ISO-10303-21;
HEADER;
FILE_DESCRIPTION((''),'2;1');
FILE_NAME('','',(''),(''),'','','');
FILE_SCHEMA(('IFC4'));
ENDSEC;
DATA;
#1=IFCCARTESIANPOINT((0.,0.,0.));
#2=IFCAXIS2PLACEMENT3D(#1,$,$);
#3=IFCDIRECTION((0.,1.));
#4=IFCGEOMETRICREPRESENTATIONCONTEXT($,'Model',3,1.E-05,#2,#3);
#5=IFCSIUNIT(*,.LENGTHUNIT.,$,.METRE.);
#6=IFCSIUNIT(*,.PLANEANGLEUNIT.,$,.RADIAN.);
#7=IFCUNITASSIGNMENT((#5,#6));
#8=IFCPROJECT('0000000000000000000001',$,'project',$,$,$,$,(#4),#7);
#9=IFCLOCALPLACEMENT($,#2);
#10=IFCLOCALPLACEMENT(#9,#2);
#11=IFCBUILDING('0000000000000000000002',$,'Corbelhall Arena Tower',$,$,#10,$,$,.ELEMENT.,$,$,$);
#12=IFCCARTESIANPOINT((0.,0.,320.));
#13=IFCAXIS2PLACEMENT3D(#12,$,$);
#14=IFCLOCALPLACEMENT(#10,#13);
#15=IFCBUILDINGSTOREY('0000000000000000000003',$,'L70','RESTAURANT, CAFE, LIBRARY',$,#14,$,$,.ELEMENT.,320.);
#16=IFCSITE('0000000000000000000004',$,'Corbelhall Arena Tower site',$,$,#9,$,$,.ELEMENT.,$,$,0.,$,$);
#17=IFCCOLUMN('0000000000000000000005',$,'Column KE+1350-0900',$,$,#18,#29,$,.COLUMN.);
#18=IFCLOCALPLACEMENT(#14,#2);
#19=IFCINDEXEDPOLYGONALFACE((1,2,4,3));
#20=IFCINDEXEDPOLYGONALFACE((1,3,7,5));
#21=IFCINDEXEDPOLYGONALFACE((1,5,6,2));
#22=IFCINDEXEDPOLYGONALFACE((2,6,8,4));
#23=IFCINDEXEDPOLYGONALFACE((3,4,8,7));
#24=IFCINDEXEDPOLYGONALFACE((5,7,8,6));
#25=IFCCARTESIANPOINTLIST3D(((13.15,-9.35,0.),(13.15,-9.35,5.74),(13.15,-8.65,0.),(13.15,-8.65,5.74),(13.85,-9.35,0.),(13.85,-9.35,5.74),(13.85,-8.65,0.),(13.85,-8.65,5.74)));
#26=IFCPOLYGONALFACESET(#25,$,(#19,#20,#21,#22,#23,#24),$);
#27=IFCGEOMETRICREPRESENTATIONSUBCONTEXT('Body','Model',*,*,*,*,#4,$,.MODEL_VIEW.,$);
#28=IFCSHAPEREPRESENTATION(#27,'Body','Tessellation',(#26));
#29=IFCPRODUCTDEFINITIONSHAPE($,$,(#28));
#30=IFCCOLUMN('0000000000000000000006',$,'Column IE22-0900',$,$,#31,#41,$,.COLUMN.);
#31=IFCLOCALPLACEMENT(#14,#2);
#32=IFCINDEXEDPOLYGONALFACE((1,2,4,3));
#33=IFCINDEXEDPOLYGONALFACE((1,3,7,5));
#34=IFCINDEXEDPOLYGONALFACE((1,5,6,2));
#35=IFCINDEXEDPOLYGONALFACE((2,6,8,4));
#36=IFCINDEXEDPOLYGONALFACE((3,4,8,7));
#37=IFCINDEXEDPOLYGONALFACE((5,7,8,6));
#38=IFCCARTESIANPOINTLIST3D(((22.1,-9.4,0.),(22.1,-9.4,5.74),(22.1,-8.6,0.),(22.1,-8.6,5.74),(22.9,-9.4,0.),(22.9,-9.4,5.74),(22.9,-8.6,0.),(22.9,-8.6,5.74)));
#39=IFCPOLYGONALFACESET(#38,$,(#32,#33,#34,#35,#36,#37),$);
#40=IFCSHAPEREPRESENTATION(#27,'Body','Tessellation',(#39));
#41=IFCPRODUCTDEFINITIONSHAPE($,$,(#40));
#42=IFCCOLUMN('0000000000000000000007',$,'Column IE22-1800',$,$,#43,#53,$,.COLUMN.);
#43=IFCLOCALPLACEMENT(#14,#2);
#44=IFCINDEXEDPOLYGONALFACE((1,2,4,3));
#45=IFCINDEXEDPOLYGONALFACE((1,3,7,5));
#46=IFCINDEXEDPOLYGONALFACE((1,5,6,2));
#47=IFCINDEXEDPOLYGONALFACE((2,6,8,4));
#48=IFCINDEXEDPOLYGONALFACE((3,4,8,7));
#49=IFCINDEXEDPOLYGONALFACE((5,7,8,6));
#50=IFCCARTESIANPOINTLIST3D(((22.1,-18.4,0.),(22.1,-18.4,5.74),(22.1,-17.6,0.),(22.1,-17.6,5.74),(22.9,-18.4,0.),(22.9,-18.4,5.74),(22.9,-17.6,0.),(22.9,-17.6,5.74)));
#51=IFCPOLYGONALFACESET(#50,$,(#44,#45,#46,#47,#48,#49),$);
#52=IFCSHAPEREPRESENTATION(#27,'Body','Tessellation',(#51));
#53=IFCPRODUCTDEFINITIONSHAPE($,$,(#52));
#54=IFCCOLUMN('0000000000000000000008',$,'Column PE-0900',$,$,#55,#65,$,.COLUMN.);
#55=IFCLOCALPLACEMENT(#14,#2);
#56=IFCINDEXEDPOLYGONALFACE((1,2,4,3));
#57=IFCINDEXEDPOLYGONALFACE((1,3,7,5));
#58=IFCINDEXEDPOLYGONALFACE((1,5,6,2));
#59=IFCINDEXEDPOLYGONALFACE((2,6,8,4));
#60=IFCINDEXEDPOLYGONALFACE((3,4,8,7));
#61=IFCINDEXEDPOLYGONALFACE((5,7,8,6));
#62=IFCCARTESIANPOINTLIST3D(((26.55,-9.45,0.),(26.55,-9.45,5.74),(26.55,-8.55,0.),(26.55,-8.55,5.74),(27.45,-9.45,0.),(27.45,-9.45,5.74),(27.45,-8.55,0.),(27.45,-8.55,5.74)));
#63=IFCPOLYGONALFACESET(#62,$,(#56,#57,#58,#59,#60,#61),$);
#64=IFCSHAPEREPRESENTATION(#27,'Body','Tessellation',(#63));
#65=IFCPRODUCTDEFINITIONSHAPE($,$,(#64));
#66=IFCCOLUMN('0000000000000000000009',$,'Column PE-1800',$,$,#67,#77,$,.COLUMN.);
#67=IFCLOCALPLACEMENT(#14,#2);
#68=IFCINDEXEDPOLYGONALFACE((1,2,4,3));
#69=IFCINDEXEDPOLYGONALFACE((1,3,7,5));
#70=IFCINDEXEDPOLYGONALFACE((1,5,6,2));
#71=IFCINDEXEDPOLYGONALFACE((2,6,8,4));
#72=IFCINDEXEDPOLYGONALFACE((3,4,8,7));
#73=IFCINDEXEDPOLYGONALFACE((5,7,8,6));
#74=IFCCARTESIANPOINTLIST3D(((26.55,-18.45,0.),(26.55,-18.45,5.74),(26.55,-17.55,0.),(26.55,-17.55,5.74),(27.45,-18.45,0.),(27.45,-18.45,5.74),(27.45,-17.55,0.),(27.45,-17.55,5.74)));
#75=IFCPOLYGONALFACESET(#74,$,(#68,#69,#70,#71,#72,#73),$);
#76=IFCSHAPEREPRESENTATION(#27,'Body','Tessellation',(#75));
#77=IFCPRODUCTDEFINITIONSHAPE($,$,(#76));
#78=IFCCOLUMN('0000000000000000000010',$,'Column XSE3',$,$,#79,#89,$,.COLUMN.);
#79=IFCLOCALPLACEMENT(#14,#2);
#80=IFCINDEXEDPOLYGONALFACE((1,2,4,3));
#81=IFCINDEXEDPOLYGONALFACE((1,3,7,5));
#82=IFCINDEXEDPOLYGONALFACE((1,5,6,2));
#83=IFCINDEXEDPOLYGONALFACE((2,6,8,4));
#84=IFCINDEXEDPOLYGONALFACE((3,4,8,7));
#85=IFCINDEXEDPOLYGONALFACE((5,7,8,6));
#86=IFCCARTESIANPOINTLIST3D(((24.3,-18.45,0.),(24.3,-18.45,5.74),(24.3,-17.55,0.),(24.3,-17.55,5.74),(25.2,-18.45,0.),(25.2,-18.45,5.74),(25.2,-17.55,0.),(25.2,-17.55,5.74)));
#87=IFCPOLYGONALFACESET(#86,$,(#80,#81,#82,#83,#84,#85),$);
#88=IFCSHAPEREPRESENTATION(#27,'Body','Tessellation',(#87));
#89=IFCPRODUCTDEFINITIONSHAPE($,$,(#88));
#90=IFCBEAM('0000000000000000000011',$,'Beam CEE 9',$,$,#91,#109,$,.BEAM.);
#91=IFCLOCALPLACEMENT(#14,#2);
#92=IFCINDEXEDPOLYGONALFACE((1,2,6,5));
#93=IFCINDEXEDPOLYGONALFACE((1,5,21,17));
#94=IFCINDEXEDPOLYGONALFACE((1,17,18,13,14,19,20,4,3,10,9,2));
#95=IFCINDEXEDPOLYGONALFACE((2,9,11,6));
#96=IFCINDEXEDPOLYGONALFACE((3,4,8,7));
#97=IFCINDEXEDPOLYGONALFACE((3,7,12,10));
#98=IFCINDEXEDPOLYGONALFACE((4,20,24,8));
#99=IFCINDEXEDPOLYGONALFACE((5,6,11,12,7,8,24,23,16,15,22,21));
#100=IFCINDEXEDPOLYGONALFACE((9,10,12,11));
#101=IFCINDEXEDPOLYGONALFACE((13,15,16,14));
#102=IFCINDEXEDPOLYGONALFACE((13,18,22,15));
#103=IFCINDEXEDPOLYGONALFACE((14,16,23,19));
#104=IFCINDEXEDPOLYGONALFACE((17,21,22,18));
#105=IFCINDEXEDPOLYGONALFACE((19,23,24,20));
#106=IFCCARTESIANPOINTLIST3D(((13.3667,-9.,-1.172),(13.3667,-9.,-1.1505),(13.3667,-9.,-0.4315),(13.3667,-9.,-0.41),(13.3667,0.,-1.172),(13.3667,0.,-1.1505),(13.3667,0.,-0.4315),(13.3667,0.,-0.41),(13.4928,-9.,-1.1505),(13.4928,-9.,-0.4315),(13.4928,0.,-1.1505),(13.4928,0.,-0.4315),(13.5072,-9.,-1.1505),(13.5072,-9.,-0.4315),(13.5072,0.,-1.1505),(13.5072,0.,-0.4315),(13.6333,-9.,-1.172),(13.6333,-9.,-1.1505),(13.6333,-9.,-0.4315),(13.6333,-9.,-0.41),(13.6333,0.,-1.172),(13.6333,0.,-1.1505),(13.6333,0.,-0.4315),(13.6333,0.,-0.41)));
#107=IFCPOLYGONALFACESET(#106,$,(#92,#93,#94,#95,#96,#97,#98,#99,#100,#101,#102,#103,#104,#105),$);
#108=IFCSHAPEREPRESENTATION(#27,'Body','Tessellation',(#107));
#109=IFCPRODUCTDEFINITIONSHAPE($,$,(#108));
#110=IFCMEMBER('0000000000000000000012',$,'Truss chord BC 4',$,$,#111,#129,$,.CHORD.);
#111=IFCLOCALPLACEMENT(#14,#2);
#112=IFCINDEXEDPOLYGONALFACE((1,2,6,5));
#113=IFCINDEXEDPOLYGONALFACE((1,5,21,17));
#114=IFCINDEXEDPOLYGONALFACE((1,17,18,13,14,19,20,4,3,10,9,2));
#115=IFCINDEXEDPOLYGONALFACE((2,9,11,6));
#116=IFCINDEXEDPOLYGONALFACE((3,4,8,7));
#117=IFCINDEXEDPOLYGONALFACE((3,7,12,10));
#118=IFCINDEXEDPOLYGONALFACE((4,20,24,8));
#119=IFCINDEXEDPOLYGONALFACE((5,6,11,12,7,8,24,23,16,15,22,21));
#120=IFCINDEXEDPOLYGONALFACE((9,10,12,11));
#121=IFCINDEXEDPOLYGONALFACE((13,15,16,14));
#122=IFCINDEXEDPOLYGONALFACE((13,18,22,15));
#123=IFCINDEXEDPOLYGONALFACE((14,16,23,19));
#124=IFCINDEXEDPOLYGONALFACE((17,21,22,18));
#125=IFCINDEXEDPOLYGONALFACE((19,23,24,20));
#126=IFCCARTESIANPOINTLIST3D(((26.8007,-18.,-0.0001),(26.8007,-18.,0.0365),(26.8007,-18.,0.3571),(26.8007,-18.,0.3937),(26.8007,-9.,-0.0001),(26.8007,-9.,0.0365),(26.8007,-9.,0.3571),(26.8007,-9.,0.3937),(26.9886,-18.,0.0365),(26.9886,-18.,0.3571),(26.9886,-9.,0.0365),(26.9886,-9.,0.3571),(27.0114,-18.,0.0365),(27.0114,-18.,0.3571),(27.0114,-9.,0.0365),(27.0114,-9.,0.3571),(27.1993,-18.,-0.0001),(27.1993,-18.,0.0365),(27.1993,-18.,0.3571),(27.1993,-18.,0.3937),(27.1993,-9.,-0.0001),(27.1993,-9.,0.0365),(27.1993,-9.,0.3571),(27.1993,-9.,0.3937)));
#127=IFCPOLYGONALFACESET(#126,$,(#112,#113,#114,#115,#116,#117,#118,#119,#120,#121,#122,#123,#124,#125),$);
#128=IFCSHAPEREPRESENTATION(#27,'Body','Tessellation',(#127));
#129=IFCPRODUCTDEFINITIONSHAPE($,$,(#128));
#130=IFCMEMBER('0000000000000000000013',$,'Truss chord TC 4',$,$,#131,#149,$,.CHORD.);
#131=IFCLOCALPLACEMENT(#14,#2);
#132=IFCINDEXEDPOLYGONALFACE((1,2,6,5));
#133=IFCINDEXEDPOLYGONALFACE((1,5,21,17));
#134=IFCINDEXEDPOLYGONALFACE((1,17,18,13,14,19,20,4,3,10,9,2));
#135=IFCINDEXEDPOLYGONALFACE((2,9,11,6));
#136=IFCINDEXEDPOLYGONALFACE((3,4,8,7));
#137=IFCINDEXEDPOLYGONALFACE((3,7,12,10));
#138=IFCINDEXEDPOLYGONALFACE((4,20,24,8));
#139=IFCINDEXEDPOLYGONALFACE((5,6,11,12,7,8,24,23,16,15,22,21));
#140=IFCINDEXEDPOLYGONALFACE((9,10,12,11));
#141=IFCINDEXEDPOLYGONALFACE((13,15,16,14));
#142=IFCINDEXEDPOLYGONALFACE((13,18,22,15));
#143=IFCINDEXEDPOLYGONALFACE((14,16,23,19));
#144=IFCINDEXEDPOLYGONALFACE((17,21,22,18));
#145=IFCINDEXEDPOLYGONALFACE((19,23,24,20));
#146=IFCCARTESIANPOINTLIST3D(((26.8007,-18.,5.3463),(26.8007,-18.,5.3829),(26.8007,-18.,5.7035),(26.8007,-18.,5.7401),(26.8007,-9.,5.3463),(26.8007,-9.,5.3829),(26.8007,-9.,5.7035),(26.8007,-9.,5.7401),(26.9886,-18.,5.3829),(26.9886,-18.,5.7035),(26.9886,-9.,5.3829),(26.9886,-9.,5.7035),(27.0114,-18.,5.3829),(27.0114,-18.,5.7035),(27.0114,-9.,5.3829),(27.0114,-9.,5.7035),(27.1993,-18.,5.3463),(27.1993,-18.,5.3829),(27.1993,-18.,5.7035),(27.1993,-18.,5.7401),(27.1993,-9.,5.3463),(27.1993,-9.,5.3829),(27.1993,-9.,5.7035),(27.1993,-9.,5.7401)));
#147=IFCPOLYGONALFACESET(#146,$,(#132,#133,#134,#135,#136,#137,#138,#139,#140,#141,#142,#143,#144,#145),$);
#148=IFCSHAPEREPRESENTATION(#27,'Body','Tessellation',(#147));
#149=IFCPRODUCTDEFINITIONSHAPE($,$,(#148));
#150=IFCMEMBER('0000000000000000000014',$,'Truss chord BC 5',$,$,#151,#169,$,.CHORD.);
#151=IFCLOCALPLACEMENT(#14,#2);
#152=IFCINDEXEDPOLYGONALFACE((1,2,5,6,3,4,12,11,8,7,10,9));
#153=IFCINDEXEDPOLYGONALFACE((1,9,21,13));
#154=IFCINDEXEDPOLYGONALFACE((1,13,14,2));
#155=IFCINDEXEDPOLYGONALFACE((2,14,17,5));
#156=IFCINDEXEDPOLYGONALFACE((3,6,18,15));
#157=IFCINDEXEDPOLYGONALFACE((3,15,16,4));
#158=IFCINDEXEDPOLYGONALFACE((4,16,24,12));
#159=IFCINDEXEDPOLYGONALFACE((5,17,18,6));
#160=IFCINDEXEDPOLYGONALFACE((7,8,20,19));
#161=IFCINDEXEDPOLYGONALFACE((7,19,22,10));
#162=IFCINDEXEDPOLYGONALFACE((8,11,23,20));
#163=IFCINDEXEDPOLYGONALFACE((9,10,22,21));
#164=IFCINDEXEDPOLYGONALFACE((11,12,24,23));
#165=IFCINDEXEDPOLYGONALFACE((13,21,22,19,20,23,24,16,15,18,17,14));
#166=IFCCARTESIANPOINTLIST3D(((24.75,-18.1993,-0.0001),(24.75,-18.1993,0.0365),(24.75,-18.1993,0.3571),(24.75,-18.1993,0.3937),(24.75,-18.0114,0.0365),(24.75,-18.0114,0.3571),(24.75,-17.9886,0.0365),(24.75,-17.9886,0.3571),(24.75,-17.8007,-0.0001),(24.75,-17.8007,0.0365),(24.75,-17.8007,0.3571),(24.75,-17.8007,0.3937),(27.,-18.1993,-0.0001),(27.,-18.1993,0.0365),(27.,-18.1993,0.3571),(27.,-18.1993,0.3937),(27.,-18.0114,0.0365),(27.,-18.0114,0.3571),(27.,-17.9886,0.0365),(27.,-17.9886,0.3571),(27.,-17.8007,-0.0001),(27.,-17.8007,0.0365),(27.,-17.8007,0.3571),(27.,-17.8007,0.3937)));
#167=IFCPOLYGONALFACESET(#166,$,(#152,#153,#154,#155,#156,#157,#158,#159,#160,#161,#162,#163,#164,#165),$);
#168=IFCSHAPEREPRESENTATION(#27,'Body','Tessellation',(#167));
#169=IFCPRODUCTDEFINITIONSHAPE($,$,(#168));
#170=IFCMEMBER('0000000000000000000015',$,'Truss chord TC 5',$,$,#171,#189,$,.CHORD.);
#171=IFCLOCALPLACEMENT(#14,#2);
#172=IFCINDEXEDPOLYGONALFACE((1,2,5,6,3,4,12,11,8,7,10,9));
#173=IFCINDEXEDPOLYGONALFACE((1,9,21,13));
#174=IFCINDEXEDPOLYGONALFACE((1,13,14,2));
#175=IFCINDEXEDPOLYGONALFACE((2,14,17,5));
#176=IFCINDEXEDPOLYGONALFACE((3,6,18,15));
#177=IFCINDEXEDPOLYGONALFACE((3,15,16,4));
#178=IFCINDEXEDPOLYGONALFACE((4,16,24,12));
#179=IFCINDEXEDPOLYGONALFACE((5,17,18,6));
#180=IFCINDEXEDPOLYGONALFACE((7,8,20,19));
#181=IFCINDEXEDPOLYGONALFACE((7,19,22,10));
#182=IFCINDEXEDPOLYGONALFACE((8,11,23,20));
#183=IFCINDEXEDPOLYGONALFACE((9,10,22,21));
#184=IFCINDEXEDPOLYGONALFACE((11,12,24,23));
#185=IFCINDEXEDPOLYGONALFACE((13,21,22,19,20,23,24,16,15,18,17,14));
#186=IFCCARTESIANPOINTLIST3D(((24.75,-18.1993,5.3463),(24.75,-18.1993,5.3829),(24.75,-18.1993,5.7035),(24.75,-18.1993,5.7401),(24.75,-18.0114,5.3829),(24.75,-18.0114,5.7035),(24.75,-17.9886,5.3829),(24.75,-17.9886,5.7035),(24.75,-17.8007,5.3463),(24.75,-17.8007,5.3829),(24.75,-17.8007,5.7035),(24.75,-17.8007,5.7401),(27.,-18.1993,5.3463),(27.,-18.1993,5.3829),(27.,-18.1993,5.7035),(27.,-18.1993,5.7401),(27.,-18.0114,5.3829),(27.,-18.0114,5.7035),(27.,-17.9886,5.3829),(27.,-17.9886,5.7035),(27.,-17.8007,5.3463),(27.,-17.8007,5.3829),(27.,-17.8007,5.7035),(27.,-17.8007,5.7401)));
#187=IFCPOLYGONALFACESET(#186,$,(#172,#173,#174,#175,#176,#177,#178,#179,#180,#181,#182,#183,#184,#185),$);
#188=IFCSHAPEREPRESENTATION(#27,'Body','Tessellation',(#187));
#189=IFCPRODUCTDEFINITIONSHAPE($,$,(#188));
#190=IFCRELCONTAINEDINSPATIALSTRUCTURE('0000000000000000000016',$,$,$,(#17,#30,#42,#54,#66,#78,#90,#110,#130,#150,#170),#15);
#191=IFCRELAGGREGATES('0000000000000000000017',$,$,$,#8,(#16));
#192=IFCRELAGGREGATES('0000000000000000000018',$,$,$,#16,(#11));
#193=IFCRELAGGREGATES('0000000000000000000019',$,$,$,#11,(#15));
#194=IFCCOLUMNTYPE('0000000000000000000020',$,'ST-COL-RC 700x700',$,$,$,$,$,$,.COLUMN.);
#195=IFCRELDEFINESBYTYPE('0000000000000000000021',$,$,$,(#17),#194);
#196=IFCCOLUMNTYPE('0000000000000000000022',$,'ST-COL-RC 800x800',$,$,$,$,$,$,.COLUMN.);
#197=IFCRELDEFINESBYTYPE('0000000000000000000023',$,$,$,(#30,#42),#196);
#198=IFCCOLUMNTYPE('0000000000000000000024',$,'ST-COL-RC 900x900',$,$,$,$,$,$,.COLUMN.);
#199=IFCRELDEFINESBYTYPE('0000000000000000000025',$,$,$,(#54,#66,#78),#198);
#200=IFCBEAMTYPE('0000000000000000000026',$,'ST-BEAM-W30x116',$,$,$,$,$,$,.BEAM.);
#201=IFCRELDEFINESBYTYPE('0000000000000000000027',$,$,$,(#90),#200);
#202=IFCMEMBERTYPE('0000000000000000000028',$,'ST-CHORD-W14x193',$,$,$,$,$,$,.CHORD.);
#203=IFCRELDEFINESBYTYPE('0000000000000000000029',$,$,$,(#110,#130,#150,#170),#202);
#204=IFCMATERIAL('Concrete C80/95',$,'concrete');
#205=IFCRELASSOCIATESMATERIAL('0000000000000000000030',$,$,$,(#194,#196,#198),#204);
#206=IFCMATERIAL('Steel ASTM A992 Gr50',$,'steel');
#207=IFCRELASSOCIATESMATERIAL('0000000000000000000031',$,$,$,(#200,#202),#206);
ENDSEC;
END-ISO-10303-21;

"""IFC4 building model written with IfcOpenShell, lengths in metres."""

from ifc_helpers import new_model, si_unit, direction, frame, origin, origin_2d, place, context, subcontext, project, spatial, rectangle, i_section, extrude, material, material_profile, profile_set, type_object, element, save


model = new_model("IFC4")

# Units and contexts
model_context = context("Model", 3, precision=1e-05, world=origin(), true_north=direction((0.0, 1.0)))
body_context = subcontext(model_context, "Body", "Model", "MODEL_VIEW")
ifc_project = project(units=[si_unit("LENGTHUNIT", "METRE"), si_unit("PLANEANGLEUNIT", "RADIAN")], contexts=[model_context])

# Site, building, storey
site_placement = place(None, origin())
site = spatial("IfcSite", under=ifc_project, at=site_placement, Name="Corbelhall Arena Tower site", CompositionType="ELEMENT", RefElevation=0.0)
building_placement = place(site_placement, origin())
building = spatial("IfcBuilding", under=site, at=building_placement, Name="Corbelhall Arena Tower", CompositionType="ELEMENT")
storey_placement = place(building_placement, frame((0.0, 0.0, 320.0)))
storey = spatial("IfcBuildingStorey", under=building, at=storey_placement, Name="L70", Description="RESTAURANT, CAFE, LIBRARY", CompositionType="ELEMENT", Elevation=320.0)

# Columns
ifc_material_1 = material(Name="Concrete C80/95", Category="concrete")
ifc_material_profile_1 = material_profile(ifc_material_1, rectangle(XDim=0.7, YDim=0.7, at=origin_2d()))
ifc_profile_set_1 = profile_set([ifc_material_profile_1], Name="Concrete C80/95")
column_type_1 = type_object("IfcColumnType", Name="ST-COL-RC 700x700", PredefinedType="COLUMN", material=ifc_profile_set_1)
column_placement = place(storey_placement, frame((13.5, -9.0, 0.0), z_axis=(0.0, 0.0, 1.0), x_axis=(1.0, 0.0, 0.0)))
element("IfcColumn", 1, at=column_placement, inside=storey, type_object=column_type_1, Name="Column KE+1350-0900", PredefinedType="COLUMN", context=body_context, shape_type="SweptSolid", body=[
    extrude(rectangle(XDim=0.7, YDim=0.7, at=origin_2d()), origin(), (0.0, 0.0, 1.0), 5.74),
])
ifc_material_profile_2 = material_profile(ifc_material_1, rectangle(XDim=0.8, YDim=0.8, at=origin_2d()))
ifc_profile_set_2 = profile_set([ifc_material_profile_2], Name="Concrete C80/95")
column_type_2 = type_object("IfcColumnType", Name="ST-COL-RC 800x800", PredefinedType="COLUMN", material=ifc_profile_set_2)
for number, where, z_axis, x_axis, name in (
    (2, (22.5, -9.0, 0.0), (0.0, 0.0, 1.0), (1.0, 0.0, 0.0), "Column IE22-0900"),
    (3, (22.5, -18.0, 0.0), (0.0, 0.0, 1.0), (1.0, 0.0, 0.0), "Column IE22-1800"),
):
    element("IfcColumn", number, at=place(storey_placement, frame(where, z_axis=z_axis, x_axis=x_axis)), inside=storey, type_object=column_type_2, Name=name, PredefinedType="COLUMN", context=body_context, shape_type="SweptSolid", body=[
        extrude(rectangle(XDim=0.8, YDim=0.8, at=origin_2d()), origin(), (0.0, 0.0, 1.0), 5.74),
    ])
ifc_material_profile_3 = material_profile(ifc_material_1, rectangle(XDim=0.8999, YDim=0.8999, at=origin_2d()))
ifc_profile_set_3 = profile_set([ifc_material_profile_3], Name="Concrete C80/95")
column_type_3 = type_object("IfcColumnType", Name="ST-COL-RC 900x900", PredefinedType="COLUMN", material=ifc_profile_set_3)
for number, where, z_axis, x_axis, name in (
    (4, (27.0, -9.0, 0.0), (0.0, 0.0, 1.0), (0.0, 1.0, 0.0), "Column PE-0900"),
    (5, (27.0, -18.0, 0.0), (0.0, 0.0, 1.0), (0.0, 1.0, 0.0), "Column PE-1800"),
    (6, (24.75, -18.0, 0.0), (0.0, 0.0, 1.0), (1.0, 0.0, 0.0), "Column XSE3"),
):
    element("IfcColumn", number, at=place(storey_placement, frame(where, z_axis=z_axis, x_axis=x_axis)), inside=storey, type_object=column_type_3, Name=name, PredefinedType="COLUMN", context=body_context, shape_type="SweptSolid", body=[
        extrude(rectangle(XDim=0.8999, YDim=0.8999, at=origin_2d()), origin(), (0.0, 0.0, 1.0), 5.74),
    ])

# Beam
ifc_material_2 = material(Name="Steel ASTM A992 Gr50", Category="steel")
ifc_material_profile_4 = material_profile(ifc_material_2, i_section(OverallWidth=0.2666, OverallDepth=0.762, WebThickness=0.0144, FlangeThickness=0.0215, at=origin_2d()))
ifc_profile_set_4 = profile_set([ifc_material_profile_4], Name="Steel ASTM A992 Gr50")
beam_type_1 = type_object("IfcBeamType", Name="ST-BEAM-W30x116", PredefinedType="BEAM", material=ifc_profile_set_4)
beam_1_placement = place(storey_placement, frame((13.5, -9.0, -0.791), z_axis=(0.0, 1.0, 0.0), x_axis=(-1.0, 0.0, 0.0)))
element("IfcBeam", 7, at=beam_1_placement, inside=storey, type_object=beam_type_1, Name="Beam CEE 9", PredefinedType="BEAM", context=body_context, shape_type="SweptSolid", body=[
    extrude(i_section(OverallWidth=0.2666, OverallDepth=0.762, WebThickness=0.0144, FlangeThickness=0.0215, at=origin_2d()), origin(), (0.0, 0.0, 1.0), 9.0),
])

# Members
ifc_material_profile_5 = material_profile(ifc_material_2, i_section(OverallWidth=0.3987, OverallDepth=0.3938, WebThickness=0.0227, FlangeThickness=0.0366, at=origin_2d()))
ifc_profile_set_5 = profile_set([ifc_material_profile_5], Name="Steel ASTM A992 Gr50")
member_type_1 = type_object("IfcMemberType", Name="ST-CHORD-W14x193", PredefinedType="CHORD", material=ifc_profile_set_5)
for number, where, z_axis, x_axis, name in (
    (8, (27.0, -9.0, 0.1968), (0.0, -1.0, 0.0), (1.0, 0.0, 0.0), "Truss chord BC 4"),
    (9, (27.0, -9.0, 5.5432), (0.0, -1.0, 0.0), (1.0, 0.0, 0.0), "Truss chord TC 4"),
):
    element("IfcMember", number, at=place(storey_placement, frame(where, z_axis=z_axis, x_axis=x_axis)), inside=storey, type_object=member_type_1, Name=name, PredefinedType="CHORD", context=body_context, shape_type="SweptSolid", body=[
        extrude(i_section(OverallWidth=0.3987, OverallDepth=0.3938, WebThickness=0.0227, FlangeThickness=0.0366, at=origin_2d()), origin(), (0.0, 0.0, 1.0), 9.0),
    ])
for number, where, z_axis, x_axis, name in (
    (10, (27.0, -18.0, 0.1968), (-1.0, 0.0, 0.0), (0.0, -1.0, 0.0), "Truss chord BC 5"),
    (11, (27.0, -18.0, 5.5432), (-1.0, 0.0, 0.0), (0.0, -1.0, 0.0), "Truss chord TC 5"),
):
    element("IfcMember", number, at=place(storey_placement, frame(where, z_axis=z_axis, x_axis=x_axis)), inside=storey, type_object=member_type_1, Name=name, PredefinedType="CHORD", context=body_context, shape_type="SweptSolid", body=[
        extrude(i_section(OverallWidth=0.3987, OverallDepth=0.3938, WebThickness=0.0227, FlangeThickness=0.0366, at=origin_2d()), origin(), (0.0, 0.0, 1.0), 2.25),
    ])

save(model, "model.ifc")
